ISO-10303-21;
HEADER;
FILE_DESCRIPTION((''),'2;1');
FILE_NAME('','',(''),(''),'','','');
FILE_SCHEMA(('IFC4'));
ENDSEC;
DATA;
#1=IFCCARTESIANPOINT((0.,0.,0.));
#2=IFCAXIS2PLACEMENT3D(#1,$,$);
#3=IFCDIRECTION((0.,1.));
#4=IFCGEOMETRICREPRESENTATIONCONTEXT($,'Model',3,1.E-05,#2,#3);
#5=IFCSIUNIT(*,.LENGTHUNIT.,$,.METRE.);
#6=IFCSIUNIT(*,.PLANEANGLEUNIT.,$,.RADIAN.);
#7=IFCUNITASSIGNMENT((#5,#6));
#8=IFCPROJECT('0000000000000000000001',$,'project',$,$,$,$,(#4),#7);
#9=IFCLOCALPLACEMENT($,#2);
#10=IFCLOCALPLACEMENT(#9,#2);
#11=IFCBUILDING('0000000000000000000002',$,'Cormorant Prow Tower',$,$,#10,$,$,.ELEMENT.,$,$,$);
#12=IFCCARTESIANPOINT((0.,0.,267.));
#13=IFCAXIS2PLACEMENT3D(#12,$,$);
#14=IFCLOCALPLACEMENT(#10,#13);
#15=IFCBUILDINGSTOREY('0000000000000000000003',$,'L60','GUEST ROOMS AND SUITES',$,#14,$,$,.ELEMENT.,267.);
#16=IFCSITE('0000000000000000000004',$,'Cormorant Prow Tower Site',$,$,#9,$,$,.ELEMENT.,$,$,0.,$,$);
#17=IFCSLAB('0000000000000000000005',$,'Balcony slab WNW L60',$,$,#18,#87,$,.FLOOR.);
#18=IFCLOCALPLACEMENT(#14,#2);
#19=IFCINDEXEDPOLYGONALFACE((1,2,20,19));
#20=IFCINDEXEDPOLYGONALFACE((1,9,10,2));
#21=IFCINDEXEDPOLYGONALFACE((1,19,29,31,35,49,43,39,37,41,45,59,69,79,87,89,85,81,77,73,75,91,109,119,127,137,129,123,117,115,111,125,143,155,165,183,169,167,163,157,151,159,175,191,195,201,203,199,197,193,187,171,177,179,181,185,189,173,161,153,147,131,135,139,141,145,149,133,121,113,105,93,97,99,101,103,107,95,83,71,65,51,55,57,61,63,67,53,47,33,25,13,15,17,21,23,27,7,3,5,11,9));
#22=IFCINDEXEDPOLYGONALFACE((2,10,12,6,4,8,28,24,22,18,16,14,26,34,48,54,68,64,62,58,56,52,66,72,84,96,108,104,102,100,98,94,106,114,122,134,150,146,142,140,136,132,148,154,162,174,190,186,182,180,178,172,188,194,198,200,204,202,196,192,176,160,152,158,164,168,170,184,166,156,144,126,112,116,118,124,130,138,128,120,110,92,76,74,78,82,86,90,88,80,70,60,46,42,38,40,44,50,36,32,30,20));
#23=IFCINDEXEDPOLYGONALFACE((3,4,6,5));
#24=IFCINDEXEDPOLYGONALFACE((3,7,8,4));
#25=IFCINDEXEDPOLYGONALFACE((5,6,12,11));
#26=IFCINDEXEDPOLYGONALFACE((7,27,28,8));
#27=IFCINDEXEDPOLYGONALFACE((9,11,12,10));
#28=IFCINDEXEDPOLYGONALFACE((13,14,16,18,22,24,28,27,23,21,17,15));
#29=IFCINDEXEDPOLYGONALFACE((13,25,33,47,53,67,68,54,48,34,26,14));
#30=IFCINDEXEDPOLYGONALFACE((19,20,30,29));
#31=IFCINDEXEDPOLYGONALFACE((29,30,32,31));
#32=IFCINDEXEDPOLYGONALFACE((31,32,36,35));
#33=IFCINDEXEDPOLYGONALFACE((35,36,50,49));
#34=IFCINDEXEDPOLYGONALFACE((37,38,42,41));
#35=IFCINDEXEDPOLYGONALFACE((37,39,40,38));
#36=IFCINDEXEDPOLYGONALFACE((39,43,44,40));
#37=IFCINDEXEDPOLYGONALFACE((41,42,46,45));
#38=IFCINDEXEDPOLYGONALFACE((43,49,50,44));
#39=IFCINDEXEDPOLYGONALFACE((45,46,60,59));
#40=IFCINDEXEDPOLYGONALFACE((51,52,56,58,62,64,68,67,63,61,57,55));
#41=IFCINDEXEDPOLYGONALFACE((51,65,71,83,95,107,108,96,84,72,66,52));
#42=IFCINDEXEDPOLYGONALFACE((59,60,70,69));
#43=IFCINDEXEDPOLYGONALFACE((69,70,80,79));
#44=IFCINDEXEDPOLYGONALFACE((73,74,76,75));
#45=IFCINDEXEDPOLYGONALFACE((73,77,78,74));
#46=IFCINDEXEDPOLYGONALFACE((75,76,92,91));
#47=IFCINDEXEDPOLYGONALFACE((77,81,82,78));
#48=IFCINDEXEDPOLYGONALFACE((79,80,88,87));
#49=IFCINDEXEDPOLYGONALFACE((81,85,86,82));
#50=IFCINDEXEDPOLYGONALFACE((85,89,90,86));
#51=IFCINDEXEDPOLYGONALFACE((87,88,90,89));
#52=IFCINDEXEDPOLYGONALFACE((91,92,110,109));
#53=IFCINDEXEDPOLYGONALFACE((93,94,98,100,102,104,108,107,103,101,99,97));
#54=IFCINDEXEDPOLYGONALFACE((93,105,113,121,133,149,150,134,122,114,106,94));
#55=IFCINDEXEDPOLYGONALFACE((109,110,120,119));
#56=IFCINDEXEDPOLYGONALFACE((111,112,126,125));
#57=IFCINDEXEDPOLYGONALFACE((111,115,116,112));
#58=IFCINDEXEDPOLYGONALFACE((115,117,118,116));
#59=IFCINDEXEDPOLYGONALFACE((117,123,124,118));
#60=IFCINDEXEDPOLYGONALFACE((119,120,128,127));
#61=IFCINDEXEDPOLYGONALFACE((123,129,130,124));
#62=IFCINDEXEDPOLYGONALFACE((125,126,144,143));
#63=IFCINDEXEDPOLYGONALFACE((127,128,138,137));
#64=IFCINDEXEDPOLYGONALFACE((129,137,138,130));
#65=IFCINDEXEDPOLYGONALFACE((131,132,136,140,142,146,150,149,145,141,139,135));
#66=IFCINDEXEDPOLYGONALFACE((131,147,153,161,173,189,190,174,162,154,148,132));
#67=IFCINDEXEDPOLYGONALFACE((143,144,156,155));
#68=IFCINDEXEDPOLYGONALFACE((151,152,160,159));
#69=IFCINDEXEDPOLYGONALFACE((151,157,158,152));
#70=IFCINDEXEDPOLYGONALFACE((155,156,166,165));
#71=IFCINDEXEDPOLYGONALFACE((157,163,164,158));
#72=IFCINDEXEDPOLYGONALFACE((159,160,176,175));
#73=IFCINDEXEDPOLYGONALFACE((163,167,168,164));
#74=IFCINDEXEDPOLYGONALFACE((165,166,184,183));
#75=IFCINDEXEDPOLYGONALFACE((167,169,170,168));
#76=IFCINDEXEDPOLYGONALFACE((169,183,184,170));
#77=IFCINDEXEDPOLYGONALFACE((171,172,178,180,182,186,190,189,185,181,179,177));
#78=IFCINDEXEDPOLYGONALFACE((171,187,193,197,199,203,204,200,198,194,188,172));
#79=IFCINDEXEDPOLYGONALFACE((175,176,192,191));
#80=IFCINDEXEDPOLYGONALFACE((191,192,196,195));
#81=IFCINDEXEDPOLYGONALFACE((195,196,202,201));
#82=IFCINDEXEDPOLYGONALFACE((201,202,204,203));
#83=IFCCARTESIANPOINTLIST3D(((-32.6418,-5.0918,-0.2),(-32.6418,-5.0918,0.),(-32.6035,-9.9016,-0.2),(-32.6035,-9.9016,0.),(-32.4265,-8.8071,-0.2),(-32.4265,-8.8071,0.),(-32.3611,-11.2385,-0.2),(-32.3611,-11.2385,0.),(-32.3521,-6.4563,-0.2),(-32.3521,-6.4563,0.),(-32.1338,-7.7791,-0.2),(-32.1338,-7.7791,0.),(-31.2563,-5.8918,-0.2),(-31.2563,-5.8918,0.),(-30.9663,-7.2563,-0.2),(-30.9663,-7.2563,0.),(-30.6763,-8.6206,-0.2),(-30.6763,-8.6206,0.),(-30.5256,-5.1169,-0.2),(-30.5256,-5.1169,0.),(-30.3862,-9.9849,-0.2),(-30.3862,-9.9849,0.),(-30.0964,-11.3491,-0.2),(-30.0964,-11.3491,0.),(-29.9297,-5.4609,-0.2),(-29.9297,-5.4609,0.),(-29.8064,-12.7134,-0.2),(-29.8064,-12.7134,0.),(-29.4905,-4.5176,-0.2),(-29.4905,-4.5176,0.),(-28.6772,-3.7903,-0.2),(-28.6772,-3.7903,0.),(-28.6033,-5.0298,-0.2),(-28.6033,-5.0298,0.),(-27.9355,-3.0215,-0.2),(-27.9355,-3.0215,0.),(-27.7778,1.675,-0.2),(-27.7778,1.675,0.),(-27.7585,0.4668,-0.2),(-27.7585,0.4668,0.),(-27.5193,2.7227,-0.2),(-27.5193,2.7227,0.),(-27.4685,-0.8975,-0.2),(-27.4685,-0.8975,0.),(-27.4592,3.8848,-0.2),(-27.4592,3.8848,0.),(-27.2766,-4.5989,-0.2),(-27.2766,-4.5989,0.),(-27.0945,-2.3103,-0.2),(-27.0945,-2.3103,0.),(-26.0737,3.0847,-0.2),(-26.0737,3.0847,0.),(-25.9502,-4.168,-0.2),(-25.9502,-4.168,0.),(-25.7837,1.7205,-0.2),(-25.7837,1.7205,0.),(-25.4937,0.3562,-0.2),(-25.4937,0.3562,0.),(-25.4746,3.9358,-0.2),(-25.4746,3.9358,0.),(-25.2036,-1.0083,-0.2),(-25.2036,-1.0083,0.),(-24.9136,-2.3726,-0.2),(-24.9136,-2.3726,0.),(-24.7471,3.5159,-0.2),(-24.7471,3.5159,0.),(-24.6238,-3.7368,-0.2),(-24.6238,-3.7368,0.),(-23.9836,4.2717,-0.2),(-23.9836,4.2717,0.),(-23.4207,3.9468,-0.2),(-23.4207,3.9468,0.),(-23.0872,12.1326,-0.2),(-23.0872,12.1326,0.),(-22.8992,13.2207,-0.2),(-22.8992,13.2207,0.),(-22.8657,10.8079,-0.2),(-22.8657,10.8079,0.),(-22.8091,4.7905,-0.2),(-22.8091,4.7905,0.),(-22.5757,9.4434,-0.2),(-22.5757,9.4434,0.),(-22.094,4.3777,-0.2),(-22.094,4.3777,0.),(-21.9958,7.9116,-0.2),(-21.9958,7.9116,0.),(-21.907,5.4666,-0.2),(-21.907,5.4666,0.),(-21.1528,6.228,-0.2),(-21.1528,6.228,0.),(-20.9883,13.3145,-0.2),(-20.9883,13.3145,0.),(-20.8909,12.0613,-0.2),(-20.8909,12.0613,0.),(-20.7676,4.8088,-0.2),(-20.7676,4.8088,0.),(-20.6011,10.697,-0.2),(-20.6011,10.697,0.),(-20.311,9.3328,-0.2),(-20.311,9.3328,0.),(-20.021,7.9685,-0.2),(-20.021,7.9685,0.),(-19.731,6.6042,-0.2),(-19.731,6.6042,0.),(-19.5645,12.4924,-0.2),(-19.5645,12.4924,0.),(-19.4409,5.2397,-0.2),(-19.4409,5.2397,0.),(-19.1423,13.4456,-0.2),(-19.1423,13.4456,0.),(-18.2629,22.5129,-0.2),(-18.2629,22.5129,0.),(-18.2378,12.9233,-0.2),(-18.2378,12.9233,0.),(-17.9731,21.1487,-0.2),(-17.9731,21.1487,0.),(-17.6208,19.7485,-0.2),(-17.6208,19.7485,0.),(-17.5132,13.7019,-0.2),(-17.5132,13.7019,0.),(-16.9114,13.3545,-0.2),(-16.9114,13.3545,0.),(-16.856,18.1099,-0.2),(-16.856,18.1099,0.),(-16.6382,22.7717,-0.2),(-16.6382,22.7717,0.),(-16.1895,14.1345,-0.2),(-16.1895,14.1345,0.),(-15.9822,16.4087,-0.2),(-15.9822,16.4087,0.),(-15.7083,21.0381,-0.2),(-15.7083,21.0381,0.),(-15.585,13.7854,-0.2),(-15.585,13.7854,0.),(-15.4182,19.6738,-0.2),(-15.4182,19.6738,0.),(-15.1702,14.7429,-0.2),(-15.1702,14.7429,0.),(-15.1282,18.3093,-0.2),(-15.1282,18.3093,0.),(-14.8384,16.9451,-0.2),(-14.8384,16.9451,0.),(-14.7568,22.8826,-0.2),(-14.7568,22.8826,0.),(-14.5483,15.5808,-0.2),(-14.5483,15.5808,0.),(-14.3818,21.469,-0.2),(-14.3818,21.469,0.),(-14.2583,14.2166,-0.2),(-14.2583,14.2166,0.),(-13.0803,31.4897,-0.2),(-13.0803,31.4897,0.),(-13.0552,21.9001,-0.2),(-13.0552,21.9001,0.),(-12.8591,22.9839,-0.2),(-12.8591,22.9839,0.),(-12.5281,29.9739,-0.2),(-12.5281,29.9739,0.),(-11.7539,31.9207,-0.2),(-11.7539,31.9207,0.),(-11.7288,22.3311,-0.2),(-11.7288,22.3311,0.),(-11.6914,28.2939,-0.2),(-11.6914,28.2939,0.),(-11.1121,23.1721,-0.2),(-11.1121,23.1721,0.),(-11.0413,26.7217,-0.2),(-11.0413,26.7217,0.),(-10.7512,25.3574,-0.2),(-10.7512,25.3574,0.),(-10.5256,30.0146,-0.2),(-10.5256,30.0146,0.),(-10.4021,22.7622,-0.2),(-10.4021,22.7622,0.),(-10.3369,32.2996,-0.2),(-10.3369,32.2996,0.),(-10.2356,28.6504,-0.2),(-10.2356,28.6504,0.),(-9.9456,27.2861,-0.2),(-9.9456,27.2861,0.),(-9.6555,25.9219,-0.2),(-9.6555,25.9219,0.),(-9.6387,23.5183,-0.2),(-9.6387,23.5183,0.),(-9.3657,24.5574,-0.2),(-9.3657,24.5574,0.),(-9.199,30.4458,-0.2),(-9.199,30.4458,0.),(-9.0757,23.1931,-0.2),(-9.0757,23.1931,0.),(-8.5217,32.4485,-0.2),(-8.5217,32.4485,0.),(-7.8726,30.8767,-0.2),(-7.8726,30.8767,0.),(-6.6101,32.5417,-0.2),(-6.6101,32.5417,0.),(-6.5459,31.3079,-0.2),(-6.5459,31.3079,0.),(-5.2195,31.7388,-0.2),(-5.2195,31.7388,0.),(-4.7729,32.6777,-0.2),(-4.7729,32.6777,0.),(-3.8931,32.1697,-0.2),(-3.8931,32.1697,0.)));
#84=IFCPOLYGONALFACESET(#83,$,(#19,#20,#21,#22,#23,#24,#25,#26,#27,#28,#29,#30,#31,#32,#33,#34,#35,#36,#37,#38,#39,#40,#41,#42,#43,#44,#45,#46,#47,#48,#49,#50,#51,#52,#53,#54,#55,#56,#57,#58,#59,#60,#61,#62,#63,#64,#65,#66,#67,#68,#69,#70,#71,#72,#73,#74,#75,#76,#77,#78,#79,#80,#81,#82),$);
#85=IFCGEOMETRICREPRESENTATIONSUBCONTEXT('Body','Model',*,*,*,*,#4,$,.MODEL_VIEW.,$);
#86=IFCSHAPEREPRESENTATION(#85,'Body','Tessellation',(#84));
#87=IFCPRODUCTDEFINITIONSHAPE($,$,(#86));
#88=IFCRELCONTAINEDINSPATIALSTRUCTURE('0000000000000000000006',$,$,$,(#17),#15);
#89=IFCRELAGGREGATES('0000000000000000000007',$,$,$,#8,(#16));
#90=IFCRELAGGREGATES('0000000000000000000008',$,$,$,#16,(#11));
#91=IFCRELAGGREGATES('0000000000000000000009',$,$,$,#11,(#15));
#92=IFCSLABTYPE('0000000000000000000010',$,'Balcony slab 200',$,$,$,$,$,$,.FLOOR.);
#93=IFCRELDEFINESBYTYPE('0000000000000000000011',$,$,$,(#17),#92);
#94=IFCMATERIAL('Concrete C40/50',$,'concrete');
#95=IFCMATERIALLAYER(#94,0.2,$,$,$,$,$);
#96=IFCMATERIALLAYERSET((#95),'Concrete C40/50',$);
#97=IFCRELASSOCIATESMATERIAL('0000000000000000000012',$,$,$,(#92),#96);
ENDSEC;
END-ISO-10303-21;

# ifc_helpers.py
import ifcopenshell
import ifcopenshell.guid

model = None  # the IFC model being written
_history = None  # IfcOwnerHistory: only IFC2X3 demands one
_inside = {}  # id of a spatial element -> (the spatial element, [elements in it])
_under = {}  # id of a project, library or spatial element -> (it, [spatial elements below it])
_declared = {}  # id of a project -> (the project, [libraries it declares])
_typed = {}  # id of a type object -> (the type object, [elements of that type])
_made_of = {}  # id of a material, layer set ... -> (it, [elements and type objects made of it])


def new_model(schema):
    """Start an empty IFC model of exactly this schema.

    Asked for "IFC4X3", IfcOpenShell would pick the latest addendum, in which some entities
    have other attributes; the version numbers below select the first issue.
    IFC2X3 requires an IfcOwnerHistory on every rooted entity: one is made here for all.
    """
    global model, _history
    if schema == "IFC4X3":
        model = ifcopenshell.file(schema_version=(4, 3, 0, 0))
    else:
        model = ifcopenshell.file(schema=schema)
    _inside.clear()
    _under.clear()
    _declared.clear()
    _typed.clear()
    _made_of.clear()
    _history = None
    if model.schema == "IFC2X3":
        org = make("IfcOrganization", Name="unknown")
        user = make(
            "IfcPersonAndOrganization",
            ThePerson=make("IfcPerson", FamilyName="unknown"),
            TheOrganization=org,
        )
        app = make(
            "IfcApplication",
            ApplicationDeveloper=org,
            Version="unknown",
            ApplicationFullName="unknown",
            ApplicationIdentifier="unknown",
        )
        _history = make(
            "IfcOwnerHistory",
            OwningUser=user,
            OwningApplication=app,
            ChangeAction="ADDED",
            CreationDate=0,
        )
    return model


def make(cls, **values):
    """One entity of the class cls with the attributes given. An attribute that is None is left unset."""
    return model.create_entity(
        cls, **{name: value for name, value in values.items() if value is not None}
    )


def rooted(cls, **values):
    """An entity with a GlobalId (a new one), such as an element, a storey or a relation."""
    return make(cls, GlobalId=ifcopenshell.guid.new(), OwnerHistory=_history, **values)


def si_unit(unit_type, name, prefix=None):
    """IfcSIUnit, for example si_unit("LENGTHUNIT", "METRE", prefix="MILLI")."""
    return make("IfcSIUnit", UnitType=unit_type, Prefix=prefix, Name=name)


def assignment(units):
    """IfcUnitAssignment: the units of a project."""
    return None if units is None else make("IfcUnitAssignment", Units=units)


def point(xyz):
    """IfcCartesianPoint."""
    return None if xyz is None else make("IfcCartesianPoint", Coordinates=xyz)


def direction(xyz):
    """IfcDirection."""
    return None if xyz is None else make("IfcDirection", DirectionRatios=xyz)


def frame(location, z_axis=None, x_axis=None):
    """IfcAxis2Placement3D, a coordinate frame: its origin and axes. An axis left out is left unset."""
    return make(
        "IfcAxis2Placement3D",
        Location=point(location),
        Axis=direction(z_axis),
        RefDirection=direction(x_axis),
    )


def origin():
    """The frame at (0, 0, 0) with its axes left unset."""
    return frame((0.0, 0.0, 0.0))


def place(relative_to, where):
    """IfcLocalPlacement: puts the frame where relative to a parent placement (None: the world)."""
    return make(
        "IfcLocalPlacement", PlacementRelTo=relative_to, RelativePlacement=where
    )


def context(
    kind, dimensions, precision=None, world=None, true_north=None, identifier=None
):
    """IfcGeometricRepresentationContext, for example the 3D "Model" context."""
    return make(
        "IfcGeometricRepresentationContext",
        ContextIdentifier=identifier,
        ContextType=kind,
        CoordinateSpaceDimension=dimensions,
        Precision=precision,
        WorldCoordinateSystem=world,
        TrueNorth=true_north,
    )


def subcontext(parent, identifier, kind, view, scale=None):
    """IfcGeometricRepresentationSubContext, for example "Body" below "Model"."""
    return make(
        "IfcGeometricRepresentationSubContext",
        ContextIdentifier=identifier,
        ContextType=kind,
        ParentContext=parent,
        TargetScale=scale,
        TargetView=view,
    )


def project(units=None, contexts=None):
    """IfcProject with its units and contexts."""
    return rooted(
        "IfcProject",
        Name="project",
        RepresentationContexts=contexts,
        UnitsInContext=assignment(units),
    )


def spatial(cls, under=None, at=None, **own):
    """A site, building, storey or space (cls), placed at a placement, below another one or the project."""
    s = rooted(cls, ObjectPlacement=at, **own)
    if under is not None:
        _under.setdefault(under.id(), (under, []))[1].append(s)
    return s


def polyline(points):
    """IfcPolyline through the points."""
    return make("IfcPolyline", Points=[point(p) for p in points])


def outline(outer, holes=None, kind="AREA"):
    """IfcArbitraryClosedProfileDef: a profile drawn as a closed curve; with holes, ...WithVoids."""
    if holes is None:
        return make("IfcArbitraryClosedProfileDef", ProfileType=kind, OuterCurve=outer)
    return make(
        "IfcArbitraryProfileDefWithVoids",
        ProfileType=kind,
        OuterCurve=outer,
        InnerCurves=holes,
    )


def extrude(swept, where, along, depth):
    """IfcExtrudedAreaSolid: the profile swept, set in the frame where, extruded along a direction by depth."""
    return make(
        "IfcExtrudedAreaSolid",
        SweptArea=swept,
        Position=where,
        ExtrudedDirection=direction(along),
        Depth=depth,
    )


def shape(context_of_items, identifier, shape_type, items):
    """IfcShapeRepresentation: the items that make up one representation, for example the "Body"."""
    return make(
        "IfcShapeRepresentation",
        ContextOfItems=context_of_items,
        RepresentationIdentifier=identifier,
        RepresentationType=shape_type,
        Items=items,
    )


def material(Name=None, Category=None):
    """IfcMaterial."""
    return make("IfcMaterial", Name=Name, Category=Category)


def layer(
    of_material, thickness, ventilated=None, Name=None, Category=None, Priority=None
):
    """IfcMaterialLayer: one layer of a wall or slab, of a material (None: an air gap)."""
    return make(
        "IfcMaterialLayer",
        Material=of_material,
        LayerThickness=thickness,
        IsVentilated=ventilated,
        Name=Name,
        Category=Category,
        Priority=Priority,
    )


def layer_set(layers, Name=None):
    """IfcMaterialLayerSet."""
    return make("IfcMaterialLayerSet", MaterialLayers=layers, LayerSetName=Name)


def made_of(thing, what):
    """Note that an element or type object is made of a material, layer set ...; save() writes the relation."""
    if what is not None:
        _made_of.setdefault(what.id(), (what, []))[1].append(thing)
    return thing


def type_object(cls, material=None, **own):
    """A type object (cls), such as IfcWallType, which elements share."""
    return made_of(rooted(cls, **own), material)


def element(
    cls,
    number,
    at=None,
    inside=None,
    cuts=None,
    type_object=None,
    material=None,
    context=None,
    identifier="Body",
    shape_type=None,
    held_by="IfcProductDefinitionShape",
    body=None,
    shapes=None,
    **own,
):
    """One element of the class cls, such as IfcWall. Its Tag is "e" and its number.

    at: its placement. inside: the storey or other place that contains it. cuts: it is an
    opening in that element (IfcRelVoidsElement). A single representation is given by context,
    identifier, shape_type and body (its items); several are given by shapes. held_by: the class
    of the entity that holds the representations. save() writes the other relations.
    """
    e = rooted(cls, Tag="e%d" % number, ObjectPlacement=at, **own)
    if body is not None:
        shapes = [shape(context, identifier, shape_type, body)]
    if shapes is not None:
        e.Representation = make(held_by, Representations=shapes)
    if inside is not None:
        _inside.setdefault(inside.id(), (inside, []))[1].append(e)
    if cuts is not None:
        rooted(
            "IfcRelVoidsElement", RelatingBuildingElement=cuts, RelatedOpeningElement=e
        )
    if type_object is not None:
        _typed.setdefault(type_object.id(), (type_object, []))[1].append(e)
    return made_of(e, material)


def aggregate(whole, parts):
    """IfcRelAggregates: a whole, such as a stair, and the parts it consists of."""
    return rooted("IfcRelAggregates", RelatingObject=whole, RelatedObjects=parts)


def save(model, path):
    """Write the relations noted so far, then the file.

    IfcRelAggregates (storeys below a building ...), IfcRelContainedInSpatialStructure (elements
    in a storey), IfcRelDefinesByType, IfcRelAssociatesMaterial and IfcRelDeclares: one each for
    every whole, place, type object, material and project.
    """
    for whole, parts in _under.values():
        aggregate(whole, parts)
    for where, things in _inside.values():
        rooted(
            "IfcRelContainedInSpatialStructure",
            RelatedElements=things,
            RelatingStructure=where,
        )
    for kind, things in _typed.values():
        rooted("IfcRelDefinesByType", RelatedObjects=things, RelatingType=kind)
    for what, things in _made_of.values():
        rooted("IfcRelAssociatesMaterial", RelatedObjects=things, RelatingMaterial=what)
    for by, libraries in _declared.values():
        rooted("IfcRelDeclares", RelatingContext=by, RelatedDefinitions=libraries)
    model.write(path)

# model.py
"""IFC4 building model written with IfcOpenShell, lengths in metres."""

from ifc_helpers import new_model, si_unit, direction, frame, origin, place, context, subcontext, project, spatial, polyline, outline, extrude, material, layer, layer_set, type_object, element, save


model = new_model("IFC4")

# Units and contexts
model_context = context("Model", 3, precision=1e-05, world=origin(), true_north=direction((0.0, 1.0)))
body_context = subcontext(model_context, "Body", "Model", "MODEL_VIEW")
ifc_project = project(units=[si_unit("LENGTHUNIT", "METRE"), si_unit("PLANEANGLEUNIT", "RADIAN")], contexts=[model_context])

# Site, building, storey
site_placement = place(None, origin())
site = spatial("IfcSite", under=ifc_project, at=site_placement, Name="Cormorant Prow Tower Site", CompositionType="ELEMENT", RefElevation=0.0)
building_placement = place(site_placement, origin())
building = spatial("IfcBuilding", under=site, at=building_placement, Name="Cormorant Prow Tower", CompositionType="ELEMENT")
storey_placement = place(building_placement, frame((0.0, 0.0, 267.0)))
storey = spatial("IfcBuildingStorey", under=building, at=storey_placement, Name="L60", Description="GUEST ROOMS AND SUITES", CompositionType="ELEMENT", Elevation=267.0)

# Slab
ifc_material_1 = material(Name="Concrete C40/50", Category="concrete")
ifc_layer_1 = layer(ifc_material_1, 0.2)
ifc_layer_set_1 = layer_set([ifc_layer_1], Name="Concrete C40/50")
slab_type_1 = type_object("IfcSlabType", Name="Balcony slab 200", PredefinedType="FLOOR", material=ifc_layer_set_1)
slab_1_placement = place(storey_placement, frame((0.0, 0.0, -0.2)))
element("IfcSlab", 1, at=slab_1_placement, inside=storey, type_object=slab_type_1, Name="Balcony slab WNW L60", PredefinedType="FLOOR", context=body_context, shape_type="SweptSolid", body=[
    extrude(outline(polyline([(-3.8931, 32.1697), (-4.7729, 32.6777), (-6.6101, 32.5417), (-8.5217, 32.4485), (-10.3369, 32.2996), (-11.7539, 31.9207), (-13.0803, 31.4897), (-12.5281, 29.9739), (-11.6914, 28.2939), (-11.0413, 26.7217), (-10.7512, 25.3574), (-9.6387, 23.5183), (-11.1121, 23.1721), (-12.8591, 22.9839), (-14.7568, 22.8826), (-16.6382, 22.7717), (-18.2629, 22.5129), (-17.9731, 21.1487), (-17.6208, 19.7485), (-16.856, 18.1099), (-15.9822, 16.4087), (-15.1702, 14.7429), (-16.1895, 14.1345), (-17.5132, 13.7019), (-19.1423, 13.4456), (-20.9883, 13.3145), (-22.8992, 13.2207), (-23.0872, 12.1326), (-22.8657, 10.8079), (-22.5757, 9.4434), (-21.9958, 7.9116), (-21.1528, 6.228), (-21.907, 5.4666), (-22.8091, 4.7905), (-23.9836, 4.2717), (-25.4746, 3.9358), (-27.4592, 3.8848), (-27.5193, 2.7227), (-27.7778, 1.675), (-27.7585, 0.4668), (-27.4685, -0.8975), (-27.0945, -2.3103), (-27.9355, -3.0215), (-28.6772, -3.7903), (-29.4905, -4.5176), (-30.5256, -5.1169), (-32.6418, -5.0918), (-32.3521, -6.4563), (-32.1338, -7.7791), (-32.4265, -8.8071), (-32.6035, -9.9016), (-32.3611, -11.2385), (-29.8064, -12.7134), (-30.0964, -11.3491), (-30.3862, -9.9849), (-30.6763, -8.6206), (-30.9663, -7.2563), (-31.2563, -5.8918), (-29.9297, -5.4609), (-28.6033, -5.0298), (-27.2766, -4.5989), (-25.9502, -4.168), (-24.6238, -3.7368), (-24.9136, -2.3726), (-25.2036, -1.0083), (-25.4937, 0.3562), (-25.7837, 1.7205), (-26.0737, 3.0847), (-24.7471, 3.5159), (-23.4207, 3.9468), (-22.094, 4.3777), (-20.7676, 4.8088), (-19.4409, 5.2397), (-19.731, 6.6042), (-20.021, 7.9685), (-20.311, 9.3328), (-20.6011, 10.697), (-20.8909, 12.0613), (-19.5645, 12.4924), (-18.2378, 12.9233), (-16.9114, 13.3545), (-15.585, 13.7854), (-14.2583, 14.2166), (-14.5483, 15.5808), (-14.8384, 16.9451), (-15.1282, 18.3093), (-15.4182, 19.6738), (-15.7083, 21.0381), (-14.3818, 21.469), (-13.0552, 21.9001), (-11.7288, 22.3311), (-10.4021, 22.7622), (-9.0757, 23.1931), (-9.3657, 24.5574), (-9.6555, 25.9219), (-9.9456, 27.2861), (-10.2356, 28.6504), (-10.5256, 30.0146), (-9.199, 30.4458), (-7.8726, 30.8767), (-6.5459, 31.3079), (-5.2195, 31.7388), (-3.8931, 32.1697)])), origin(), (0.0, 0.0, 1.0), 0.2),
])

save(model, "model.ifc")
